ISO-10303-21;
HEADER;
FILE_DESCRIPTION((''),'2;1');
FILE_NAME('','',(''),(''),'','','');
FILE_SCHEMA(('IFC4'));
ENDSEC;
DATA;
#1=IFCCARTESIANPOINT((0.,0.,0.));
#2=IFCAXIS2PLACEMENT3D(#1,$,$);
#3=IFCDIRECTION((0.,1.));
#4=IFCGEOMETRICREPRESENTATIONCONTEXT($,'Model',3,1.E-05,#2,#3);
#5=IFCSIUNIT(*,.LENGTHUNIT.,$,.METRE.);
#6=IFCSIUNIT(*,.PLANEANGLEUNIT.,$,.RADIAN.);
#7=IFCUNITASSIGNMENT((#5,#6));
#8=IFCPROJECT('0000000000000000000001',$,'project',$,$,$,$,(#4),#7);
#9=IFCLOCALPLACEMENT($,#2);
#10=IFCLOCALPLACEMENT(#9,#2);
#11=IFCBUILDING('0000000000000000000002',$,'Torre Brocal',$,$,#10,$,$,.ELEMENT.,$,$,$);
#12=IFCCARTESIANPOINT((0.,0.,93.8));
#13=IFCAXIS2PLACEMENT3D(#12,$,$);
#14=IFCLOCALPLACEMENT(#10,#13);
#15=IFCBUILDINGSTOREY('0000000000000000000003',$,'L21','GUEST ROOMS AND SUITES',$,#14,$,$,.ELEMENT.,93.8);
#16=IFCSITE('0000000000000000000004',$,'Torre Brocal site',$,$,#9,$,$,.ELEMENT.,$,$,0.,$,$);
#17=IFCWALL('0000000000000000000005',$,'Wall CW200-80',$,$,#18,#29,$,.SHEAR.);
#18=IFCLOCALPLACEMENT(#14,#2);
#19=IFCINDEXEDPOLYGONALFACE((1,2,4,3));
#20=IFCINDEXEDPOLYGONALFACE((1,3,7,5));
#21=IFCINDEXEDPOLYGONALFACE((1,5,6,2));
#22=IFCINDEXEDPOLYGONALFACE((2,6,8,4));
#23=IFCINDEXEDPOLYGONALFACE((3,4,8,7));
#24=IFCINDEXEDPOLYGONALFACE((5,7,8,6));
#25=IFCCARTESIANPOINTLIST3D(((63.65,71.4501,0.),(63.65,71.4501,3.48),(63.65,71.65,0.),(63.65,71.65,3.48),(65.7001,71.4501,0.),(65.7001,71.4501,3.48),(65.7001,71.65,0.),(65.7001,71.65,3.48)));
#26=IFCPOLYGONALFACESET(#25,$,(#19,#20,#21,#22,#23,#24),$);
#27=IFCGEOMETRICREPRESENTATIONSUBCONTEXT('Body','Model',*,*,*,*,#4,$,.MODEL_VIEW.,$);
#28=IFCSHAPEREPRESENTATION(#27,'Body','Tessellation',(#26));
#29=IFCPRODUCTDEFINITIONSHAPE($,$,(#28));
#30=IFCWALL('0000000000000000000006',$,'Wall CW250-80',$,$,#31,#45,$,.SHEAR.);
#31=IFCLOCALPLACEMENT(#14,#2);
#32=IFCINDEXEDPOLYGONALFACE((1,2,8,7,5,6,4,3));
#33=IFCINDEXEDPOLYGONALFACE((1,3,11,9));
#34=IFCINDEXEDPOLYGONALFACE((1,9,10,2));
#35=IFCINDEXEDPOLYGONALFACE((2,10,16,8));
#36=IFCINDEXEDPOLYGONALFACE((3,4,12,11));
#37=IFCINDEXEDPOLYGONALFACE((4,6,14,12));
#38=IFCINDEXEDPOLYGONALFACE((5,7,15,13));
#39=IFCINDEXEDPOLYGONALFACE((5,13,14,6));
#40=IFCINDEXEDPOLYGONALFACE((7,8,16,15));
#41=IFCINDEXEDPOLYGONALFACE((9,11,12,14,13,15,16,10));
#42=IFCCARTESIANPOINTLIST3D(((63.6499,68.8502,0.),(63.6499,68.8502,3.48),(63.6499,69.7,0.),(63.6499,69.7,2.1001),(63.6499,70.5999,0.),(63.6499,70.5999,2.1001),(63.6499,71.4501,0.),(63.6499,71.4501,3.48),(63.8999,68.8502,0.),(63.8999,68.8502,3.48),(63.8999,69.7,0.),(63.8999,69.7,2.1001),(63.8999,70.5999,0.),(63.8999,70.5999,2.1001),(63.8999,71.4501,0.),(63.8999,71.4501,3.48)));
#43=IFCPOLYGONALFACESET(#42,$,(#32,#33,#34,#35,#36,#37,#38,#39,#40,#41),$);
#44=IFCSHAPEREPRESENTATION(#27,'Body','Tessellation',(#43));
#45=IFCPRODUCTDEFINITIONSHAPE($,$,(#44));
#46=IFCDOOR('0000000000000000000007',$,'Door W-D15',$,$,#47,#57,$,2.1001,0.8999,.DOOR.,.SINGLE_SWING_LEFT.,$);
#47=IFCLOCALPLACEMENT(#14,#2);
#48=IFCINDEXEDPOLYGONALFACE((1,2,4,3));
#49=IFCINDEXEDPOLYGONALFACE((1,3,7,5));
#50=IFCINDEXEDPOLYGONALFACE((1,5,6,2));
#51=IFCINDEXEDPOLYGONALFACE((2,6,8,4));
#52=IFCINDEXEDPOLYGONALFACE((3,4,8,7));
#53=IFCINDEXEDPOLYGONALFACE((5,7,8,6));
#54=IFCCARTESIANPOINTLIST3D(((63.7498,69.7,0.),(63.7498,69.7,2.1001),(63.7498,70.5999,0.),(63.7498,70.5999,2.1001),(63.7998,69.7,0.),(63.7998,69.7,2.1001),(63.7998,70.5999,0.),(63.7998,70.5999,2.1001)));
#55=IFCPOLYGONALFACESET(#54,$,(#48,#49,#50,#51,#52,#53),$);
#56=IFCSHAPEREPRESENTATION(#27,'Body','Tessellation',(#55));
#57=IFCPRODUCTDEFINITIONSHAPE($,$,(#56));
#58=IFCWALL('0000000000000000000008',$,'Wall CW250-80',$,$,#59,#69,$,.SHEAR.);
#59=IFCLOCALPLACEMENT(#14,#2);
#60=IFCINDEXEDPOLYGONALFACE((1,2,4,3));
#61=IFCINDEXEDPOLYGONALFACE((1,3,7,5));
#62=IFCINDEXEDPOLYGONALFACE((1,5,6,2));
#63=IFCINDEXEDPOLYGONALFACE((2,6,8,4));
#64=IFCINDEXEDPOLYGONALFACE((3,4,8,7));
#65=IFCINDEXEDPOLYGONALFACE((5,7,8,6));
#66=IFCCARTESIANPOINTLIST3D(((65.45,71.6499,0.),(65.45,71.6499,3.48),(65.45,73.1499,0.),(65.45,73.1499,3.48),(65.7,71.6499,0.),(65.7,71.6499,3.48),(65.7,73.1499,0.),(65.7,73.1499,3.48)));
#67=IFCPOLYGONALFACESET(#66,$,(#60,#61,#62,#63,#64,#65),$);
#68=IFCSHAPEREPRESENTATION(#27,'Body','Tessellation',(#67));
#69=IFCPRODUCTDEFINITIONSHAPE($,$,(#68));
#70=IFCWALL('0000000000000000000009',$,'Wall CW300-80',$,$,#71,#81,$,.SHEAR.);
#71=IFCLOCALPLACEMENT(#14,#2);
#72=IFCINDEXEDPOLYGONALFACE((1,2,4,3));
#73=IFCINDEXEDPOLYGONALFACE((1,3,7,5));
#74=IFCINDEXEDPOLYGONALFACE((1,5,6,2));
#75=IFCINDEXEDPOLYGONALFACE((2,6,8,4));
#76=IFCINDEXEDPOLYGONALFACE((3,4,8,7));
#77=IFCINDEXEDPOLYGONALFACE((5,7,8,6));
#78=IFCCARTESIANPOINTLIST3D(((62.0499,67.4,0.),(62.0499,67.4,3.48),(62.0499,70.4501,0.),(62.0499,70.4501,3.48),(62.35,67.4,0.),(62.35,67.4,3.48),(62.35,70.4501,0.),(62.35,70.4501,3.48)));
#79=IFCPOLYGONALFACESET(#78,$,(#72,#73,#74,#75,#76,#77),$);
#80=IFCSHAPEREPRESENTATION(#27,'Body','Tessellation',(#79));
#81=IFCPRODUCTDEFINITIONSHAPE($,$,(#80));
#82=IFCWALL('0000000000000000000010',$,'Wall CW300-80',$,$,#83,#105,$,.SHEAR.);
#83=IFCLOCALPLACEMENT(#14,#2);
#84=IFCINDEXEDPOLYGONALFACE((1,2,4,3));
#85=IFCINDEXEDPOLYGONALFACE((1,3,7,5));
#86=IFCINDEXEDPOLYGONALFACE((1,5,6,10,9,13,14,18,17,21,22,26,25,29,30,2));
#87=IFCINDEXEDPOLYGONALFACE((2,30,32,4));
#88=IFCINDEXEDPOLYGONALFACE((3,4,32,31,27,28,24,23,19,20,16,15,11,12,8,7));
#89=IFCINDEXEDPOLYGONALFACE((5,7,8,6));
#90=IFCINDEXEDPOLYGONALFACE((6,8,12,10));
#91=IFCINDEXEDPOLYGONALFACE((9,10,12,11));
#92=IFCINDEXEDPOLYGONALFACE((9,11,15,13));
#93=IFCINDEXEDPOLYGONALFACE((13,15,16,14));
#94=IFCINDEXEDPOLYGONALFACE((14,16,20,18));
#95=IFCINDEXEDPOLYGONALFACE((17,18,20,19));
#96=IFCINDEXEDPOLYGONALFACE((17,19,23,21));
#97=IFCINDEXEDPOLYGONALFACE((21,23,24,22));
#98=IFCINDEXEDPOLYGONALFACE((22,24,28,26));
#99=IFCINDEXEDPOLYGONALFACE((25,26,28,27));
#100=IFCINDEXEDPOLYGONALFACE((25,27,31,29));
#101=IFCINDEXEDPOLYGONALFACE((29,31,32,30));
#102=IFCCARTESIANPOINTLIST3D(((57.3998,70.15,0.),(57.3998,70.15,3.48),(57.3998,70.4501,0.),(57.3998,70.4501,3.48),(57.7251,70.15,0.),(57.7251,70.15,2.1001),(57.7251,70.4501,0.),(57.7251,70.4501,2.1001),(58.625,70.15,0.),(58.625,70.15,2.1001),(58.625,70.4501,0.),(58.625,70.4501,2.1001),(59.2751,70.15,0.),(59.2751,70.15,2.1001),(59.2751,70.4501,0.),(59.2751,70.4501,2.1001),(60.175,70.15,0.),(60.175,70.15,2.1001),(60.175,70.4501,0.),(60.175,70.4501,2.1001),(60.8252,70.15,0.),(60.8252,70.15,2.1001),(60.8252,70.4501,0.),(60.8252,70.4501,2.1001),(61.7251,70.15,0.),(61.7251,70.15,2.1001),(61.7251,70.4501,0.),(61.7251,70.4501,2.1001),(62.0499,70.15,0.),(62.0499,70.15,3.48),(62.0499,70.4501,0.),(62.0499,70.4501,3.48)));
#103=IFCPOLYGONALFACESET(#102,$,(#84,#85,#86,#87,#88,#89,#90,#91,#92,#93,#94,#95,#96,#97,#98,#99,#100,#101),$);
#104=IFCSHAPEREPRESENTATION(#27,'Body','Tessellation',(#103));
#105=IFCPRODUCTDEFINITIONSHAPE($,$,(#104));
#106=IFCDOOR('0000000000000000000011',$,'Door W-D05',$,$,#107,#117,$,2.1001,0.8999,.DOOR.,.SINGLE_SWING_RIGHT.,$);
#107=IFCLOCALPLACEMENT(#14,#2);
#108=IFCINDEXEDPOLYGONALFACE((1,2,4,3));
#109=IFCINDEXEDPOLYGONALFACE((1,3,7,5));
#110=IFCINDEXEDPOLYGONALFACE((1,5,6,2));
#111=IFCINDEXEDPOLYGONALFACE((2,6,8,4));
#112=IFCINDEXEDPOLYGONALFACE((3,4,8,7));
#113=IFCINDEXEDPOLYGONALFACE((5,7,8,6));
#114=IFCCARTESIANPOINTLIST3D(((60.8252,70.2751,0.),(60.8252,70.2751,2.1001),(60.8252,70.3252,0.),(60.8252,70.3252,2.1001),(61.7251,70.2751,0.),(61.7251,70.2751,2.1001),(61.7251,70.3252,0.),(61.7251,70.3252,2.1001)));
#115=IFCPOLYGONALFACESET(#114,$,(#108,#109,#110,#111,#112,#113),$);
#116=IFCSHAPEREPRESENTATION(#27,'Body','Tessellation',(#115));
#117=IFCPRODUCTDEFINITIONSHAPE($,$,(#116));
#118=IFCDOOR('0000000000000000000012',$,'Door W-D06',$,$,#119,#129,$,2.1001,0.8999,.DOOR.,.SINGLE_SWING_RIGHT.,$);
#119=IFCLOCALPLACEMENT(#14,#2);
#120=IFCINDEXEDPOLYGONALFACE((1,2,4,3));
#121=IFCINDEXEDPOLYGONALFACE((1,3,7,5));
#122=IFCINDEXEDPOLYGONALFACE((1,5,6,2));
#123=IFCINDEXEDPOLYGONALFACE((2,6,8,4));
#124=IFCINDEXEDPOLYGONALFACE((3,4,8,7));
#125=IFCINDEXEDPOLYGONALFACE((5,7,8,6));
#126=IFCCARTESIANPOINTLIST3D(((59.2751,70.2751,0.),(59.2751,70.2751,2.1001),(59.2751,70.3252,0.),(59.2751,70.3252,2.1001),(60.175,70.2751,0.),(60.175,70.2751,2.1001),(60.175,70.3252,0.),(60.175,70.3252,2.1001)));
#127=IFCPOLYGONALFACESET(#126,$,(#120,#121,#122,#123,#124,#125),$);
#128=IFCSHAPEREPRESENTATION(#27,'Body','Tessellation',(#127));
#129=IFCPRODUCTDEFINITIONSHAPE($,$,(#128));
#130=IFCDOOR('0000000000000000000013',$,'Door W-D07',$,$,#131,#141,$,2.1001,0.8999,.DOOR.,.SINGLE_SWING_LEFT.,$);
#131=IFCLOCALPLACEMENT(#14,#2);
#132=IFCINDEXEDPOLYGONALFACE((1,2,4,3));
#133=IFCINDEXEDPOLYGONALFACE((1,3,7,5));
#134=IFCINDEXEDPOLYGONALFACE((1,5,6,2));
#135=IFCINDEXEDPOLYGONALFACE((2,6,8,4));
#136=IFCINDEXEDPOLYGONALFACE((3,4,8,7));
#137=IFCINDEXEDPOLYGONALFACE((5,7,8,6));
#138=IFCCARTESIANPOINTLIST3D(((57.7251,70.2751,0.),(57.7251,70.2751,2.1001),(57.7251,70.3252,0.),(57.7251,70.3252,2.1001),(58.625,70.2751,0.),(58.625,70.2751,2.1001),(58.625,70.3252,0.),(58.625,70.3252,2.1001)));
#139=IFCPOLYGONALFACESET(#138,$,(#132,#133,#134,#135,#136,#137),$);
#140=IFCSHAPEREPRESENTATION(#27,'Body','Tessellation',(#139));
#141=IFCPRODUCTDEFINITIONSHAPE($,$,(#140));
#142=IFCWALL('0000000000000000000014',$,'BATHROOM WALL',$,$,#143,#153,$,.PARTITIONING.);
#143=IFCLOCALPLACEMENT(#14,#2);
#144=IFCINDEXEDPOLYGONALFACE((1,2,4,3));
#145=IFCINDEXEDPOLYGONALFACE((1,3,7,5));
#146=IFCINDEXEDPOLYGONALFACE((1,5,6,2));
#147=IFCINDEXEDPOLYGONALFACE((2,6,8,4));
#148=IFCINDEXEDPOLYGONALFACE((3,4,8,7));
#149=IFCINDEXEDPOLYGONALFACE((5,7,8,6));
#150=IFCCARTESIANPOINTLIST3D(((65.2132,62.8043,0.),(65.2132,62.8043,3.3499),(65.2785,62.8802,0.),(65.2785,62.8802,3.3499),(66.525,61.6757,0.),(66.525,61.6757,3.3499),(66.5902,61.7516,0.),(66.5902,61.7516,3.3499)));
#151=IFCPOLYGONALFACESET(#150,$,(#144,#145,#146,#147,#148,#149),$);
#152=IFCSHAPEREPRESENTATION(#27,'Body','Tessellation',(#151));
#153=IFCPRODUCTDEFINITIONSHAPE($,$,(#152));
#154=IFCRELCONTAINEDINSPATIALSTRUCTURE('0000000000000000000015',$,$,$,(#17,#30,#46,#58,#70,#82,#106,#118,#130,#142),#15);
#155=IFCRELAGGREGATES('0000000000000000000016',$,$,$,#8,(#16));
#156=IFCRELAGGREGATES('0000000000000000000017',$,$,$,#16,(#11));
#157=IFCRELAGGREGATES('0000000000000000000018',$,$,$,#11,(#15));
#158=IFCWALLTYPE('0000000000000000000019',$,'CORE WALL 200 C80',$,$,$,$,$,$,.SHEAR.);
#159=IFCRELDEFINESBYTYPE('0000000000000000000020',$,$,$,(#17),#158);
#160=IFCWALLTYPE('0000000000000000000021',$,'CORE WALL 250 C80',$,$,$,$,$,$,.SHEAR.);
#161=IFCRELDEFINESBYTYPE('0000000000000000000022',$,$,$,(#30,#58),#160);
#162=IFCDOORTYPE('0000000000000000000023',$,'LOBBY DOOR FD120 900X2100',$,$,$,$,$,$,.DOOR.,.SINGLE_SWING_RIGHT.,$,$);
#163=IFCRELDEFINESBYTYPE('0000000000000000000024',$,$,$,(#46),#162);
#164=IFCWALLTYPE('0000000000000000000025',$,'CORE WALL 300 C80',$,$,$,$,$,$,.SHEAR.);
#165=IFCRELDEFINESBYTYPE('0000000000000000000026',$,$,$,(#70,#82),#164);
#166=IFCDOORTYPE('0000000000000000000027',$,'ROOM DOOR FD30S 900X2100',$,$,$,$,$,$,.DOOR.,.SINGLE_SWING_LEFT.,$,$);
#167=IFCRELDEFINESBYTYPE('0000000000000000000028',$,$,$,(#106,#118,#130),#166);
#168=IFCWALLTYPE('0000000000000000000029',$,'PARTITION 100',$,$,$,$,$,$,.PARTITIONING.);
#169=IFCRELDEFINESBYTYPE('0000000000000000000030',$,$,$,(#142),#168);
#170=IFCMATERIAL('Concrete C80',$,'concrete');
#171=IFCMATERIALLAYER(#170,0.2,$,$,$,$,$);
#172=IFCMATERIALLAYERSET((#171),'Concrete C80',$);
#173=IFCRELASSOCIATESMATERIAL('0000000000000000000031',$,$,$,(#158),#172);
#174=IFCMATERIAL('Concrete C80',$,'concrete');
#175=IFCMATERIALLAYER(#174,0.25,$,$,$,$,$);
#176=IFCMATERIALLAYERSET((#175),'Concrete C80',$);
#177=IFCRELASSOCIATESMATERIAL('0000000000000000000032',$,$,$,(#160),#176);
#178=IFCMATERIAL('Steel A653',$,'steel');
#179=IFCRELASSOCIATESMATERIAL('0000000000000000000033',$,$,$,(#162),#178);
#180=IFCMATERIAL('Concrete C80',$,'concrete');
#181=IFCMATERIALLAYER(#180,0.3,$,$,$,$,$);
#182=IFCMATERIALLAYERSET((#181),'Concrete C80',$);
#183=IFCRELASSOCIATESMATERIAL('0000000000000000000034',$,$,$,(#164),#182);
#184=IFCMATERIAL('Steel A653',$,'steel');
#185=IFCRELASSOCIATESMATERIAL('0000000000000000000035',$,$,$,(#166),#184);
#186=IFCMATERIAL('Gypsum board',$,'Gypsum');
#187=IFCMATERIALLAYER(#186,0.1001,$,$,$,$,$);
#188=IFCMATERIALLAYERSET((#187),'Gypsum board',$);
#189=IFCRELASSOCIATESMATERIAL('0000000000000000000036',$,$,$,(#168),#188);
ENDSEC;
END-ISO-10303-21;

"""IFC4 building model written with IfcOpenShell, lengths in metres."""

from ifc_helpers import new_model, si_unit, direction, frame, frame_2d, origin, place, context, subcontext, project, spatial, rectangle, extrude, material, layer, layer_set, type_object, element, fill, save


model = new_model("IFC4")

# Units and contexts
model_context = context("Model", 3, precision=1e-05, world=origin(), true_north=direction((0.0, 1.0)))
body_context = subcontext(model_context, "Body", "Model", "MODEL_VIEW")
ifc_project = project(units=[si_unit("LENGTHUNIT", "METRE"), si_unit("PLANEANGLEUNIT", "RADIAN")], contexts=[model_context])

# Site, building, storey
site_placement = place(None, origin())
site = spatial("IfcSite", under=ifc_project, at=site_placement, Name="Torre Brocal site", CompositionType="ELEMENT", RefElevation=0.0)
building_placement = place(site_placement, origin())
building = spatial("IfcBuilding", under=site, at=building_placement, Name="Torre Brocal", CompositionType="ELEMENT")
storey_placement = place(building_placement, frame((0.0, 0.0, 93.8)))
storey = spatial("IfcBuildingStorey", under=building, at=storey_placement, Name="L21", Description="GUEST ROOMS AND SUITES", CompositionType="ELEMENT", Elevation=93.8)

# Wall
ifc_material_1 = material(Name="Concrete C80", Category="concrete")
ifc_layer_1 = layer(ifc_material_1, 0.2)
ifc_layer_set_1 = layer_set([ifc_layer_1], Name="Concrete C80")
wall_type_1 = type_object("IfcWallType", Name="CORE WALL 200 C80", PredefinedType="SHEAR", material=ifc_layer_set_1)
wall_1_placement = place(storey_placement, frame((65.7, 71.55, 0.0), z_axis=(0.0, 0.0, 1.0), x_axis=(-1.0, 0.0, 0.0)))
element("IfcWall", 1, at=wall_1_placement, inside=storey, type_object=wall_type_1, Name="Wall CW200-80", PredefinedType="SHEAR", context=body_context, shape_type="SweptSolid", body=[
    extrude(rectangle(XDim=2.05, YDim=0.2, at=frame_2d((1.0249, 0.0))), origin(), (0.0, 0.0, 1.0), 3.48),
])

# Wall, opening, door
ifc_material_2 = material(Name="Concrete C80", Category="concrete")
ifc_layer_2 = layer(ifc_material_2, 0.25)
ifc_layer_set_2 = layer_set([ifc_layer_2], Name="Concrete C80")
wall_type_2 = type_object("IfcWallType", Name="CORE WALL 250 C80", PredefinedType="SHEAR", material=ifc_layer_set_2)
wall_2_placement = place(storey_placement, frame((63.7749, 71.45, 0.0), z_axis=(0.0, 0.0, 1.0), x_axis=(0.0, -1.0, 0.0)))
wall_2 = element("IfcWall", 2, at=wall_2_placement, inside=storey, type_object=wall_type_2, Name="Wall CW250-80", PredefinedType="SHEAR", context=body_context, shape_type="SweptSolid", body=[
    extrude(rectangle(XDim=2.5999, YDim=0.25, at=frame_2d((1.2998, 0.0))), origin(), (0.0, 0.0, 1.0), 3.48),
])
opening_1_placement = place(wall_2_placement, frame((0.8501, 0.0, 0.0)))
opening_1 = element("IfcOpeningElement", 3, at=opening_1_placement, cuts=wall_2, PredefinedType="OPENING", context=body_context, shape_type="SweptSolid", body=[
    extrude(rectangle(XDim=0.8999, YDim=2.1001, at=frame_2d((0.45, 1.05))), frame((0.0, 0.135, 0.0), z_axis=(0.0, -1.0, 0.0), x_axis=(1.0, 0.0, 0.0)), (0.0, 0.0, 1.0), 0.27),
])
ifc_material_3 = material(Name="Steel A653", Category="steel")
door_type_1 = type_object("IfcDoorType", Name="LOBBY DOOR FD120 900X2100", OperationType="SINGLE_SWING_RIGHT", PredefinedType="DOOR", material=ifc_material_3)
door_1_placement = place(opening_1_placement, origin())
door_1 = element("IfcDoor", 4, at=door_1_placement, inside=storey, type_object=door_type_1, Name="Door W-D15", OperationType="SINGLE_SWING_LEFT", OverallHeight=2.1001, OverallWidth=0.8999, PredefinedType="DOOR", context=body_context, shape_type="SweptSolid", body=[
    extrude(rectangle(XDim=0.8999, YDim=2.1001, at=frame_2d((0.45, 1.05))), frame((0.0, 0.0249, 0.0), z_axis=(0.0, -1.0, 0.0), x_axis=(1.0, 0.0, 0.0)), (0.0, 0.0, 1.0), 0.05),
])
fill(opening_1, door_1)

# Walls
wall_3_placement = place(storey_placement, frame((65.575, 73.1499, 0.0), z_axis=(0.0, 0.0, 1.0), x_axis=(0.0, -1.0, 0.0)))
element("IfcWall", 5, at=wall_3_placement, inside=storey, type_object=wall_type_2, Name="Wall CW250-80", PredefinedType="SHEAR", context=body_context, shape_type="SweptSolid", body=[
    extrude(rectangle(XDim=1.5, YDim=0.25, at=frame_2d((0.75, 0.0))), origin(), (0.0, 0.0, 1.0), 3.48),
])
ifc_material_4 = material(Name="Concrete C80", Category="concrete")
ifc_layer_3 = layer(ifc_material_4, 0.3)
ifc_layer_set_3 = layer_set([ifc_layer_3], Name="Concrete C80")
wall_type_3 = type_object("IfcWallType", Name="CORE WALL 300 C80", PredefinedType="SHEAR", material=ifc_layer_set_3)
wall_4_placement = place(storey_placement, frame((62.2, 70.45, 0.0), z_axis=(0.0, 0.0, 1.0), x_axis=(0.0, -1.0, 0.0)))
element("IfcWall", 6, at=wall_4_placement, inside=storey, type_object=wall_type_3, Name="Wall CW300-80", PredefinedType="SHEAR", context=body_context, shape_type="SweptSolid", body=[
    extrude(rectangle(XDim=3.05, YDim=0.3, at=frame_2d((1.5249, 0.0))), origin(), (0.0, 0.0, 1.0), 3.48),
])

# Wall, openings, doors
wall_5_placement = place(storey_placement, frame((62.05, 70.3, 0.0), z_axis=(0.0, 0.0, 1.0), x_axis=(-1.0, 0.0, 0.0)))
wall_5 = element("IfcWall", 7, at=wall_5_placement, inside=storey, type_object=wall_type_3, Name="Wall CW300-80", PredefinedType="SHEAR", context=body_context, shape_type="SweptSolid", body=[
    extrude(rectangle(XDim=4.6501, YDim=0.3, at=frame_2d((2.3252, 0.0))), origin(), (0.0, 0.0, 1.0), 3.48),
])
opening_2_placement = place(wall_5_placement, frame((0.325, 0.0, 0.0)))
opening_2 = element("IfcOpeningElement", 8, at=opening_2_placement, cuts=wall_5, PredefinedType="OPENING", context=body_context, shape_type="SweptSolid", body=[
    extrude(rectangle(XDim=0.8999, YDim=2.1001, at=frame_2d((0.45, 1.05))), frame((0.0, 0.1599, 0.0), z_axis=(0.0, -1.0, 0.0), x_axis=(1.0, 0.0, 0.0)), (0.0, 0.0, 1.0), 0.3201),
])
opening_3_placement = place(wall_5_placement, frame((1.875, 0.0, 0.0)))
opening_3 = element("IfcOpeningElement", 9, at=opening_3_placement, cuts=wall_5, PredefinedType="OPENING", context=body_context, shape_type="SweptSolid", body=[
    extrude(rectangle(XDim=0.8999, YDim=2.1001, at=frame_2d((0.45, 1.05))), frame((0.0, 0.1599, 0.0), z_axis=(0.0, -1.0, 0.0), x_axis=(1.0, 0.0, 0.0)), (0.0, 0.0, 1.0), 0.3201),
])
opening_4_placement = place(wall_5_placement, frame((3.425, 0.0, 0.0)))
opening_4 = element("IfcOpeningElement", 10, at=opening_4_placement, cuts=wall_5, PredefinedType="OPENING", context=body_context, shape_type="SweptSolid", body=[
    extrude(rectangle(XDim=0.8999, YDim=2.1001, at=frame_2d((0.45, 1.05))), frame((0.0, 0.1599, 0.0), z_axis=(0.0, -1.0, 0.0), x_axis=(1.0, 0.0, 0.0)), (0.0, 0.0, 1.0), 0.3201),
])
ifc_material_5 = material(Name="Steel A653", Category="steel")
door_type_2 = type_object("IfcDoorType", Name="ROOM DOOR FD30S 900X2100", OperationType="SINGLE_SWING_LEFT", PredefinedType="DOOR", material=ifc_material_5)
door_2_placement = place(opening_2_placement, origin())
door_2 = element("IfcDoor", 11, at=door_2_placement, inside=storey, type_object=door_type_2, Name="Door W-D05", OperationType="SINGLE_SWING_RIGHT", OverallHeight=2.1001, OverallWidth=0.8999, PredefinedType="DOOR", context=body_context, shape_type="SweptSolid", body=[
    extrude(rectangle(XDim=0.8999, YDim=2.1001, at=frame_2d((0.45, 1.05))), frame((0.0, 0.0249, 0.0), z_axis=(0.0, -1.0, 0.0), x_axis=(1.0, 0.0, 0.0)), (0.0, 0.0, 1.0), 0.05),
])
fill(opening_2, door_2)
door_3_placement = place(opening_3_placement, origin())
door_3 = element("IfcDoor", 12, at=door_3_placement, inside=storey, type_object=door_type_2, Name="Door W-D06", OperationType="SINGLE_SWING_RIGHT", OverallHeight=2.1001, OverallWidth=0.8999, PredefinedType="DOOR", context=body_context, shape_type="SweptSolid", body=[
    extrude(rectangle(XDim=0.8999, YDim=2.1001, at=frame_2d((0.45, 1.05))), frame((0.0, 0.0249, 0.0), z_axis=(0.0, -1.0, 0.0), x_axis=(1.0, 0.0, 0.0)), (0.0, 0.0, 1.0), 0.05),
])
fill(opening_3, door_3)
door_4_placement = place(opening_4_placement, origin())
door_4 = element("IfcDoor", 13, at=door_4_placement, inside=storey, type_object=door_type_2, Name="Door W-D07", OperationType="SINGLE_SWING_LEFT", OverallHeight=2.1001, OverallWidth=0.8999, PredefinedType="DOOR", context=body_context, shape_type="SweptSolid", body=[
    extrude(rectangle(XDim=0.8999, YDim=2.1001, at=frame_2d((0.45, 1.05))), frame((0.0, 0.0249, 0.0), z_axis=(0.0, -1.0, 0.0), x_axis=(1.0, 0.0, 0.0)), (0.0, 0.0, 1.0), 0.05),
])
fill(opening_4, door_4)

# Wall
ifc_material_6 = material(Name="Gypsum board", Category="Gypsum")
ifc_layer_4 = layer(ifc_material_6, 0.1001)
ifc_layer_set_4 = layer_set([ifc_layer_4], Name="Gypsum board")
wall_type_4 = type_object("IfcWallType", Name="PARTITION 100", PredefinedType="PARTITIONING", material=ifc_layer_set_4)
wall_6_placement = place(storey_placement, frame((65.2458, 62.8423, 0.0), z_axis=(0.0, 0.0, 1.0), x_axis=(0.75803, -0.652219, 0.0)))
element("IfcWall", 14, at=wall_6_placement, inside=storey, type_object=wall_type_4, Name="BATHROOM WALL", PredefinedType="PARTITIONING", context=body_context, shape_type="SweptSolid", body=[
    extrude(rectangle(XDim=1.7305, YDim=0.1001, at=frame_2d((0.8652, 0.0))), origin(), (0.0, 0.0, 1.0), 3.3499),
])

save(model, "model.ifc")
